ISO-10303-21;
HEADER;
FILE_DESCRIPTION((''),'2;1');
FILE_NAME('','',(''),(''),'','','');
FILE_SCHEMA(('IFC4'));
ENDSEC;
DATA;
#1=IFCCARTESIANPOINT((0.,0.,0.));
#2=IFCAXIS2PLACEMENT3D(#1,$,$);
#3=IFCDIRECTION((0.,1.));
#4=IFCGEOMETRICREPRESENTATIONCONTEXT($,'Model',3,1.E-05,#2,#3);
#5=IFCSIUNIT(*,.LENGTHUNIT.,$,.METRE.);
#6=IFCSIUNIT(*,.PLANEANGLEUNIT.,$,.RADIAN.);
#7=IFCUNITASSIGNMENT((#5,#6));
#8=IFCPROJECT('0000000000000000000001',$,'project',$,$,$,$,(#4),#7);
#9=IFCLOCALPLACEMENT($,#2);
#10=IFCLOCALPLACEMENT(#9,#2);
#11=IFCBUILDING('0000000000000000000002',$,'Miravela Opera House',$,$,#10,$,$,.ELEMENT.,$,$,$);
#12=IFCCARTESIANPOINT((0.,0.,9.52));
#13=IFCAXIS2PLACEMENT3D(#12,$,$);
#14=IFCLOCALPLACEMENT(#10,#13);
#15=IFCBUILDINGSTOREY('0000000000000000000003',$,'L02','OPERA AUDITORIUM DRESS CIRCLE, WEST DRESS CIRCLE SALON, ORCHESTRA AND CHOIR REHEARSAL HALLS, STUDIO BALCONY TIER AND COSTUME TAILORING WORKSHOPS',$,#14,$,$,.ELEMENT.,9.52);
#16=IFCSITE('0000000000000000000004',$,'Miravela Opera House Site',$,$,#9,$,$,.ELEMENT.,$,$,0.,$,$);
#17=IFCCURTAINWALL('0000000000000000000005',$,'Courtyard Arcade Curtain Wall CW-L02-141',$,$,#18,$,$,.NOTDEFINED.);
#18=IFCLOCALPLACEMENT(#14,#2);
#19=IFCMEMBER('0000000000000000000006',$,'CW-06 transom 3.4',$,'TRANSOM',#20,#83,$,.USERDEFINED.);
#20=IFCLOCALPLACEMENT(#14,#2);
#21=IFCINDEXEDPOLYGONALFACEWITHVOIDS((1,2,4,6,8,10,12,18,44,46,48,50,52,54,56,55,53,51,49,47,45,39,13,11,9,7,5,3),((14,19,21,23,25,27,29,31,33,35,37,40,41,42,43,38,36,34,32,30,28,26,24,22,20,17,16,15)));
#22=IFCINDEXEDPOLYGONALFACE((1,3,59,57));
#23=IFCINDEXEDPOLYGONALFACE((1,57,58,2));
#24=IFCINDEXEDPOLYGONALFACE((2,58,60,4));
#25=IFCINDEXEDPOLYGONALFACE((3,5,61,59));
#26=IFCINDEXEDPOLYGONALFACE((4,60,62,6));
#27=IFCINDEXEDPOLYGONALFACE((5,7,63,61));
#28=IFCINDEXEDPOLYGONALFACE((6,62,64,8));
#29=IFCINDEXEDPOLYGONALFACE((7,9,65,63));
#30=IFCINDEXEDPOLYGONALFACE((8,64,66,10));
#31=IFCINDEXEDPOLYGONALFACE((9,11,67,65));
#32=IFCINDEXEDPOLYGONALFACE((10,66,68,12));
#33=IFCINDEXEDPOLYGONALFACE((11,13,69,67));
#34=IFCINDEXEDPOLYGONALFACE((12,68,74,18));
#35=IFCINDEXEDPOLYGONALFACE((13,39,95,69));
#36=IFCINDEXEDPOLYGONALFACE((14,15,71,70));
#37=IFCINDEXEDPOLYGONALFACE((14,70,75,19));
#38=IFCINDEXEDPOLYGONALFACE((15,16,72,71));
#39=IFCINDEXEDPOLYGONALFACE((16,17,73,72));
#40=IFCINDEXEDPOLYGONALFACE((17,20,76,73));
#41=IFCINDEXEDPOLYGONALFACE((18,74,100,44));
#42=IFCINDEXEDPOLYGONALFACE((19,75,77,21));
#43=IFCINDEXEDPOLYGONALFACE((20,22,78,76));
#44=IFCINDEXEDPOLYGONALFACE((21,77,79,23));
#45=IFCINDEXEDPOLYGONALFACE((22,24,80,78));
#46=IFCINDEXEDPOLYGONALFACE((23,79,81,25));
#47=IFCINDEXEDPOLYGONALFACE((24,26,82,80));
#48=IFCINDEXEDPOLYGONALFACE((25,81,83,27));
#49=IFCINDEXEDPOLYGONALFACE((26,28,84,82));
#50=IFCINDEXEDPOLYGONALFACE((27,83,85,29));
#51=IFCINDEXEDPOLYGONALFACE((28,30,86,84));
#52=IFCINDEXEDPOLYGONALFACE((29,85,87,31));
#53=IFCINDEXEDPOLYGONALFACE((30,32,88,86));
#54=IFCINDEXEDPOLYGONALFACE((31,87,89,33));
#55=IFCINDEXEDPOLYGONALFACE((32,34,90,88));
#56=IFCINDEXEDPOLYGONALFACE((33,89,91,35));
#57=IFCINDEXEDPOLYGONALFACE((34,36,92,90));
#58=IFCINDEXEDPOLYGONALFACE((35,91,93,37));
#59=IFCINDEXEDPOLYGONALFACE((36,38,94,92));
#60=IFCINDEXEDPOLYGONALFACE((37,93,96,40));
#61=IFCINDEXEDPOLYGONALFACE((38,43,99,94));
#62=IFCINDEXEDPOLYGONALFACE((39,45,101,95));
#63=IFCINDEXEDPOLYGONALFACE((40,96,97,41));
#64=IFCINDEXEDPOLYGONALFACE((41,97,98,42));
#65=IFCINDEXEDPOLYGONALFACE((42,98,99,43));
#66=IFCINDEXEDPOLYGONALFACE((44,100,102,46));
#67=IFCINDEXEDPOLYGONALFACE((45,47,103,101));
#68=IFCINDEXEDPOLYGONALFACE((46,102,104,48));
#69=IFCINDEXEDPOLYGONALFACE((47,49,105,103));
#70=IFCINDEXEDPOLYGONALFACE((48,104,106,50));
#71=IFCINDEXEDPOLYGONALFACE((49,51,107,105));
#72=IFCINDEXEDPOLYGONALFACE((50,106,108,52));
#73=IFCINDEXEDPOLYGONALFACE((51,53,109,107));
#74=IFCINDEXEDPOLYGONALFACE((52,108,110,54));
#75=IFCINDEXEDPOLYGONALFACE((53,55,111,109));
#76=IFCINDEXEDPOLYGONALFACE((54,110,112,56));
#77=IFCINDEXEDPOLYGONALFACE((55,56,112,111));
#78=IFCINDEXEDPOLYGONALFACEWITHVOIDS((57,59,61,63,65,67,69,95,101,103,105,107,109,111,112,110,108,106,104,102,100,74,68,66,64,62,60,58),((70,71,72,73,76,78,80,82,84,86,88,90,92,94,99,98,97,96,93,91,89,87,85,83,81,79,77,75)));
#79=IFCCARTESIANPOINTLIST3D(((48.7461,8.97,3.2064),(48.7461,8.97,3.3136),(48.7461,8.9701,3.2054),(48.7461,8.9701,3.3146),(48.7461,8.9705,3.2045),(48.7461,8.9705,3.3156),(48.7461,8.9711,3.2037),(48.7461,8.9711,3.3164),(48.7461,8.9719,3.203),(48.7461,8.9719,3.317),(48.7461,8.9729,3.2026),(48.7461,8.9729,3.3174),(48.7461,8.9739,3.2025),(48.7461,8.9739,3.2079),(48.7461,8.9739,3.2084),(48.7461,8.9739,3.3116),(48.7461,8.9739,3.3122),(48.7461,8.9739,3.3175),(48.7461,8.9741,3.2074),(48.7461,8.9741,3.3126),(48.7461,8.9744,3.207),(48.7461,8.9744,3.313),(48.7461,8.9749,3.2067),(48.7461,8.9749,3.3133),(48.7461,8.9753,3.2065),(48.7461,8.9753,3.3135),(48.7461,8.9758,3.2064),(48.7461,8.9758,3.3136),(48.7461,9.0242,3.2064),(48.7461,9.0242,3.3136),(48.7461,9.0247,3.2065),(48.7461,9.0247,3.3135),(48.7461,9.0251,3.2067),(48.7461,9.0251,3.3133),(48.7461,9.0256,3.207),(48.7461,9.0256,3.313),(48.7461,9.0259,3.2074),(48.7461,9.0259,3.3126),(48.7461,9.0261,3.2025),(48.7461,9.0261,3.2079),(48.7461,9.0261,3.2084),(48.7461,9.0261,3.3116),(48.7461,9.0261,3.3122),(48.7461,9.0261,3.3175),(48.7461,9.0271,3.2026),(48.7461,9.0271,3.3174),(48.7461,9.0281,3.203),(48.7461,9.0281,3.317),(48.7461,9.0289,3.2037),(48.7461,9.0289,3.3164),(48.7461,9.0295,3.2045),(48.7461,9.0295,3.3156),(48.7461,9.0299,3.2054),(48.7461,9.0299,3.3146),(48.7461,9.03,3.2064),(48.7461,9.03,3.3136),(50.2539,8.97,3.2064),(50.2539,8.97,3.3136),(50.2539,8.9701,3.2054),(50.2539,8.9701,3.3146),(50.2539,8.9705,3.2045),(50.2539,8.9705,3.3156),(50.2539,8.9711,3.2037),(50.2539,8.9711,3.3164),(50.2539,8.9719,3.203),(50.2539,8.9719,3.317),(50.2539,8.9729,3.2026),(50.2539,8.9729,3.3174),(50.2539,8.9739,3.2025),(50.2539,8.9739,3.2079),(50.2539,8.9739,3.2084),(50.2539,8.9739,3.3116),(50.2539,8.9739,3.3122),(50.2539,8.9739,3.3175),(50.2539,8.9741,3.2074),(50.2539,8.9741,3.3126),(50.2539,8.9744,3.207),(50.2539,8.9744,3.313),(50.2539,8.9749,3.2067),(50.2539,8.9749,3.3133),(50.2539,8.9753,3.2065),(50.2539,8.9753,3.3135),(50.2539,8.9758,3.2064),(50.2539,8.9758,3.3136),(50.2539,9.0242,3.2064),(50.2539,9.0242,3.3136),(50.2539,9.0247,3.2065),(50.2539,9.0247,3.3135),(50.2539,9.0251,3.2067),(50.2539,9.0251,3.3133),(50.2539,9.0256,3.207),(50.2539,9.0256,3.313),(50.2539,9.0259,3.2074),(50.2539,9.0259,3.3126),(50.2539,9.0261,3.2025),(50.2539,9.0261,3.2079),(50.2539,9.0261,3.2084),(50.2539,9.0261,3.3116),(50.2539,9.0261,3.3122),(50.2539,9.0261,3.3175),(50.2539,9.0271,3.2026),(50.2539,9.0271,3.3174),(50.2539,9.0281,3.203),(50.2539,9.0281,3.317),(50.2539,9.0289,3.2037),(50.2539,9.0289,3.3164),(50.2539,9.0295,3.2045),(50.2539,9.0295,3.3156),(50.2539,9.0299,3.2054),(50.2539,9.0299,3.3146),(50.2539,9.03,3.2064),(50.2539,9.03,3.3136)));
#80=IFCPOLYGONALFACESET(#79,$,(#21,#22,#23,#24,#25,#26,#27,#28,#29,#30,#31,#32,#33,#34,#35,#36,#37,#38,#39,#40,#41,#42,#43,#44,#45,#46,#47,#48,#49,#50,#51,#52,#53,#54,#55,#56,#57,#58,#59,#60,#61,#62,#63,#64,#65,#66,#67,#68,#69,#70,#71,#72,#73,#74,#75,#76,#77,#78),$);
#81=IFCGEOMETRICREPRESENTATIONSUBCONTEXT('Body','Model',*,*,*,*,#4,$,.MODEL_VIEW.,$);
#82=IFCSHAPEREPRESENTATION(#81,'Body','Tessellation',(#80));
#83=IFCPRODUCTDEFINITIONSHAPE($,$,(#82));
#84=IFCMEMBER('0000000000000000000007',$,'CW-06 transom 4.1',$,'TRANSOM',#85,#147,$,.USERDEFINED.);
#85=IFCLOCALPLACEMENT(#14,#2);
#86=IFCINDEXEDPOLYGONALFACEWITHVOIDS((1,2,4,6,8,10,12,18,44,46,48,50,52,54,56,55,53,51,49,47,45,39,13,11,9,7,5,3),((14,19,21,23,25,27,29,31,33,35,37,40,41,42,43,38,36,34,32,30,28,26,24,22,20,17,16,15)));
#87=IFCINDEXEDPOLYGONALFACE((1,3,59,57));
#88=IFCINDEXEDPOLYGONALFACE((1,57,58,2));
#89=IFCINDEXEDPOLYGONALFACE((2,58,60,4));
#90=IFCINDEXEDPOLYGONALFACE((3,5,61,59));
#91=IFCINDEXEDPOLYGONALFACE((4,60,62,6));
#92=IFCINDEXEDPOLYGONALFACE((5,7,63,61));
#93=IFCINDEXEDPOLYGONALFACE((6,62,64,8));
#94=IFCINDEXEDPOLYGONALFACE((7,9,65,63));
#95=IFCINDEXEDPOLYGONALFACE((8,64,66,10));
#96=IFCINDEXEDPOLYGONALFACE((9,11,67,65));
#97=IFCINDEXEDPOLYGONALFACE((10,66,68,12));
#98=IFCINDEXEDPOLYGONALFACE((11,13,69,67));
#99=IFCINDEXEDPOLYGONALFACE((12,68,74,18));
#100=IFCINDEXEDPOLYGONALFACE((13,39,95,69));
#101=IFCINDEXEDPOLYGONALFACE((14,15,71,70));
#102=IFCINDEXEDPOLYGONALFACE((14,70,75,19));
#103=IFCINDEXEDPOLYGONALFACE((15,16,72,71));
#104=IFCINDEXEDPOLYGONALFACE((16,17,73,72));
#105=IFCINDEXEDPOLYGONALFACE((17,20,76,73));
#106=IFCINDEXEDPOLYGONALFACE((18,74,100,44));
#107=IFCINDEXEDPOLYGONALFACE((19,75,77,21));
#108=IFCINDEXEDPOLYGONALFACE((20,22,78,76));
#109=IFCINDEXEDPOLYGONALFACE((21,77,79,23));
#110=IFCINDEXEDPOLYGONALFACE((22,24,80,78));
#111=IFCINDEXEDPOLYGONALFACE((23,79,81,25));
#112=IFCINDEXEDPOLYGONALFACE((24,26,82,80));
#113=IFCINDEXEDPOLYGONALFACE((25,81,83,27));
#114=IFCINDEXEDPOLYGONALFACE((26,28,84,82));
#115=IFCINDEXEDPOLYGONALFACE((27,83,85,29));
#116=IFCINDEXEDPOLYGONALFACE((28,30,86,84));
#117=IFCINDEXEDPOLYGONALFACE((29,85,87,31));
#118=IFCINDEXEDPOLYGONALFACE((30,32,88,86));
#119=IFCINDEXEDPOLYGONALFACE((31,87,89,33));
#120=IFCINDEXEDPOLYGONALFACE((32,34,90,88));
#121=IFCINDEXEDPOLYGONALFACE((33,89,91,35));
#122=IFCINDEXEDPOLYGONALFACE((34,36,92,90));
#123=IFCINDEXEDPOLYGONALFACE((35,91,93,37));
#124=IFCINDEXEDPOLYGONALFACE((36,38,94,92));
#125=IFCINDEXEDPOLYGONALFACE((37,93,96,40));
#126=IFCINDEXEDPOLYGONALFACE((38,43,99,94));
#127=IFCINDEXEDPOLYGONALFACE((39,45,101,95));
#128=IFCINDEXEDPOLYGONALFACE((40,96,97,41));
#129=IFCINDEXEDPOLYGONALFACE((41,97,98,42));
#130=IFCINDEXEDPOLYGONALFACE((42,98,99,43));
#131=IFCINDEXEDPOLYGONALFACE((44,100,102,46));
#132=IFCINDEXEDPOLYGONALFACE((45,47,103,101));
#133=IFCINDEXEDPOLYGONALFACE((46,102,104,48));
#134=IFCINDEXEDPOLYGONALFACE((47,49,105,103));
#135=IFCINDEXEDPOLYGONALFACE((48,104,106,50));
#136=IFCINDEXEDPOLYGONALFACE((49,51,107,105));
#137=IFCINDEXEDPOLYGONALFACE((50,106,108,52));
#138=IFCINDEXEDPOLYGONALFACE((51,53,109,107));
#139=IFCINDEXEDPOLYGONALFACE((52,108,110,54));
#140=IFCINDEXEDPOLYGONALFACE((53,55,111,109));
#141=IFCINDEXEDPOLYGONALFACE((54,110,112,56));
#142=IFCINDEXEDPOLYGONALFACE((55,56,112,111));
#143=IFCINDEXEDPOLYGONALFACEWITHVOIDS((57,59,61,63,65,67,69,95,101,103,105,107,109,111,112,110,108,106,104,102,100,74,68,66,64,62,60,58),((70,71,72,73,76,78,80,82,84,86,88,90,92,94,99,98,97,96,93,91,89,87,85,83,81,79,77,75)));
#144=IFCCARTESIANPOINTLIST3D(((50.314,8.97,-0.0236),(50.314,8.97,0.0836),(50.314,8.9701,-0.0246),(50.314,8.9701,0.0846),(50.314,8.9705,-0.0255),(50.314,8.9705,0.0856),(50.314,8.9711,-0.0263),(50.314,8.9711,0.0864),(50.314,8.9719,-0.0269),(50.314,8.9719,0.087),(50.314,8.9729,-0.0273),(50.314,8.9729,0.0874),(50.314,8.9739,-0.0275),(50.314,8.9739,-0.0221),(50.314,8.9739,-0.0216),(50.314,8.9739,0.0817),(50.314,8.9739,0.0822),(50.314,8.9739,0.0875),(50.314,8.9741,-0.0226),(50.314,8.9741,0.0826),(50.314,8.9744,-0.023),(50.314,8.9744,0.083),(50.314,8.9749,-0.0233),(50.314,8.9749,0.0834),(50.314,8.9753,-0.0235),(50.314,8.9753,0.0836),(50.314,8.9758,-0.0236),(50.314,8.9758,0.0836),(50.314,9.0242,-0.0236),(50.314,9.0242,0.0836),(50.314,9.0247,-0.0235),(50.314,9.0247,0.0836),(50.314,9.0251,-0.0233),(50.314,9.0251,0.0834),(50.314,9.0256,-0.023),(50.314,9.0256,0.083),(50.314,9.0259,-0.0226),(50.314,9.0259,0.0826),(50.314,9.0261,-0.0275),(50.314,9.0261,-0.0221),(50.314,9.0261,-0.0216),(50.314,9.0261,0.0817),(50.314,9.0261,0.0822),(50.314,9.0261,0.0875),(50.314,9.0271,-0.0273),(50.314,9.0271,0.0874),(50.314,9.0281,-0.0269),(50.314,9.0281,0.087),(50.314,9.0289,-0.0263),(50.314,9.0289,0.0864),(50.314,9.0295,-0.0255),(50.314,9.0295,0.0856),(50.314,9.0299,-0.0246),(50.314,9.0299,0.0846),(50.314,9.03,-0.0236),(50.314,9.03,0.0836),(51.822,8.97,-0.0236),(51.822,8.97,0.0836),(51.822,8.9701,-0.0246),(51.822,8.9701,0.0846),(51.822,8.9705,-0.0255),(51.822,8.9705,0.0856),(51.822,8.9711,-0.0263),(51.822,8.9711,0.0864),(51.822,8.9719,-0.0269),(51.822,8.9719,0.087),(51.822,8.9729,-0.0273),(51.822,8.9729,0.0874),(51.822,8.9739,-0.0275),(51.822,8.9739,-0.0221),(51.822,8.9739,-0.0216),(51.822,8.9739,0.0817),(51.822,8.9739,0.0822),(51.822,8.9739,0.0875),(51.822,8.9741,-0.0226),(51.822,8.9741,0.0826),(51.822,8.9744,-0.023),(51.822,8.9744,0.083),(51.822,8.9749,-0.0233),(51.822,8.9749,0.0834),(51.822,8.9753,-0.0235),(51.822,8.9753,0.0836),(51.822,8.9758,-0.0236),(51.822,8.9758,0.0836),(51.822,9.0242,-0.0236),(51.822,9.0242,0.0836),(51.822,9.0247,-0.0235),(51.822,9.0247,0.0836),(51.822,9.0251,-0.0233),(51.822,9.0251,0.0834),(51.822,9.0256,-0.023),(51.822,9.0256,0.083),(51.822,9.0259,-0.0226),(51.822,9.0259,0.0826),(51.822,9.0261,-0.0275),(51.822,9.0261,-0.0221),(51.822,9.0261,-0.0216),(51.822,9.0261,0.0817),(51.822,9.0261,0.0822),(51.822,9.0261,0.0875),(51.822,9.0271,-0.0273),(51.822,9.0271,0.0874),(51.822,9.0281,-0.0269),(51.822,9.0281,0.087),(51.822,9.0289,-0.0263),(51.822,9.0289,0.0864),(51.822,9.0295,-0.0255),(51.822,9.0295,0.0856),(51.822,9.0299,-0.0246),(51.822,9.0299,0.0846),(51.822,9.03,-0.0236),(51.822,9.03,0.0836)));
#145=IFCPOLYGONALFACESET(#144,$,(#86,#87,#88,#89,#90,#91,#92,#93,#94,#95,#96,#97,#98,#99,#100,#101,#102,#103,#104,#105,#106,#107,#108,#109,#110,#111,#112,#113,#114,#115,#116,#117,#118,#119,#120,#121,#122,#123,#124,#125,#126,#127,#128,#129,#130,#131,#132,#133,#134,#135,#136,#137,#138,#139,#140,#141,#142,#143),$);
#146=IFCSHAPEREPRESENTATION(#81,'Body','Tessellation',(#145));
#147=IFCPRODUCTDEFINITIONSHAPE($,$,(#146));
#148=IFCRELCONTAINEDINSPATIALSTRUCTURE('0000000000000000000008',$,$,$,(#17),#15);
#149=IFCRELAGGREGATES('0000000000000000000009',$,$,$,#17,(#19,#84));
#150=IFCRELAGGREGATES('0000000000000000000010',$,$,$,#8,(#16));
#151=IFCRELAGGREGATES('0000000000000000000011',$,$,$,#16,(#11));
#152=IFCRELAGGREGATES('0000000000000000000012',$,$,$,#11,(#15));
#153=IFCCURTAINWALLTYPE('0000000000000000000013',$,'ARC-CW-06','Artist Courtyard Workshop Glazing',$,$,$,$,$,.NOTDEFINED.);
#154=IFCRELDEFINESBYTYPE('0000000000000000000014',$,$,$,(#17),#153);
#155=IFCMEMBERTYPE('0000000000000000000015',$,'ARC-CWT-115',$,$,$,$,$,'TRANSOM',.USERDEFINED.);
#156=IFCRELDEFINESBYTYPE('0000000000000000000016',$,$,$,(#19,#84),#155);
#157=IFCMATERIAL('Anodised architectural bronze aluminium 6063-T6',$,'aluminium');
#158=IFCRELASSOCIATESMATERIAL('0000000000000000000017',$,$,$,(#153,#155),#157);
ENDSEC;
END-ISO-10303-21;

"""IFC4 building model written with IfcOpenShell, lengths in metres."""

from ifc_helpers import new_model, si_unit, direction, frame, origin, origin_2d, place, context, subcontext, project, spatial, hollow_rectangle, extrude, material, material_profile, profile_set, type_object, element, aggregate, save


model = new_model("IFC4")

# Units and contexts
model_context = context("Model", 3, precision=1e-05, world=origin(), true_north=direction((0.0, 1.0)))
body_context = subcontext(model_context, "Body", "Model", "MODEL_VIEW")
ifc_project = project(units=[si_unit("LENGTHUNIT", "METRE"), si_unit("PLANEANGLEUNIT", "RADIAN")], contexts=[model_context])

# Site, building, storey
site_placement = place(None, origin())
site = spatial("IfcSite", under=ifc_project, at=site_placement, Name="Miravela Opera House Site", CompositionType="ELEMENT", RefElevation=0.0)
building_placement = place(site_placement, origin())
building = spatial("IfcBuilding", under=site, at=building_placement, Name="Miravela Opera House", CompositionType="ELEMENT")
storey_placement = place(building_placement, frame((0.0, 0.0, 9.52)))
storey = spatial("IfcBuildingStorey", under=building, at=storey_placement, Name="L02", Description="OPERA AUDITORIUM DRESS CIRCLE, WEST DRESS CIRCLE SALON, ORCHESTRA AND CHOIR REHEARSAL HALLS, STUDIO BALCONY TIER AND COSTUME TAILORING WORKSHOPS", CompositionType="ELEMENT", Elevation=9.52)

# Curtain wall, members
ifc_material_1 = material(Name="Anodised architectural bronze aluminium 6063-T6", Category="aluminium")
curtain_wall_type = type_object("IfcCurtainWallType", Name="ARC-CW-06", Description="Artist Courtyard Workshop Glazing", PredefinedType="NOTDEFINED", material=ifc_material_1)
curtain_wall_placement = place(storey_placement, origin())
curtain_wall = element("IfcCurtainWall", 1, at=curtain_wall_placement, inside=storey, type_object=curtain_wall_type, Name="Courtyard Arcade Curtain Wall CW-L02-141", PredefinedType="NOTDEFINED")
ifc_material_profile_1 = material_profile(ifc_material_1, hollow_rectangle(XDim=0.0601, YDim=0.115, WallThickness=0.0039, InnerFilletRadius=0.002, OuterFilletRadius=0.0039, at=origin_2d()), Name="CWT-60X115")
ifc_profile_set_1 = profile_set([ifc_material_profile_1])
member_type_1 = type_object("IfcMemberType", Name="ARC-CWT-115", ElementType="TRANSOM", PredefinedType="USERDEFINED", material=ifc_profile_set_1)
member_1_placement = place(storey_placement, frame((48.7461, 9.0, 3.26), z_axis=(1.0, 0.0, 0.0), x_axis=(0.0, 1.0, 0.0)))
member_1 = element("IfcMember", 2, at=member_1_placement, type_object=member_type_1, Name="CW-06 transom 3.4", ObjectType="TRANSOM", PredefinedType="USERDEFINED", context=body_context, shape_type="SweptSolid", body=[
    extrude(hollow_rectangle(XDim=0.0601, YDim=0.115, WallThickness=0.0039, InnerFilletRadius=0.002, OuterFilletRadius=0.0039, at=origin_2d()), origin(), (0.0, 0.0, 1.0), 1.5078),
])
member_2_placement = place(storey_placement, frame((50.314, 9.0, 0.03), z_axis=(1.0, 0.0, 0.0), x_axis=(0.0, 1.0, 0.0)))
member_2 = element("IfcMember", 3, at=member_2_placement, type_object=member_type_1, Name="CW-06 transom 4.1", ObjectType="TRANSOM", PredefinedType="USERDEFINED", context=body_context, shape_type="SweptSolid", body=[
    extrude(hollow_rectangle(XDim=0.0601, YDim=0.115, WallThickness=0.0039, InnerFilletRadius=0.002, OuterFilletRadius=0.0039, at=origin_2d()), origin(), (0.0, 0.0, 1.0), 1.5081),
])
aggregate(curtain_wall, [member_1, member_2])

save(model, "model.ifc")
